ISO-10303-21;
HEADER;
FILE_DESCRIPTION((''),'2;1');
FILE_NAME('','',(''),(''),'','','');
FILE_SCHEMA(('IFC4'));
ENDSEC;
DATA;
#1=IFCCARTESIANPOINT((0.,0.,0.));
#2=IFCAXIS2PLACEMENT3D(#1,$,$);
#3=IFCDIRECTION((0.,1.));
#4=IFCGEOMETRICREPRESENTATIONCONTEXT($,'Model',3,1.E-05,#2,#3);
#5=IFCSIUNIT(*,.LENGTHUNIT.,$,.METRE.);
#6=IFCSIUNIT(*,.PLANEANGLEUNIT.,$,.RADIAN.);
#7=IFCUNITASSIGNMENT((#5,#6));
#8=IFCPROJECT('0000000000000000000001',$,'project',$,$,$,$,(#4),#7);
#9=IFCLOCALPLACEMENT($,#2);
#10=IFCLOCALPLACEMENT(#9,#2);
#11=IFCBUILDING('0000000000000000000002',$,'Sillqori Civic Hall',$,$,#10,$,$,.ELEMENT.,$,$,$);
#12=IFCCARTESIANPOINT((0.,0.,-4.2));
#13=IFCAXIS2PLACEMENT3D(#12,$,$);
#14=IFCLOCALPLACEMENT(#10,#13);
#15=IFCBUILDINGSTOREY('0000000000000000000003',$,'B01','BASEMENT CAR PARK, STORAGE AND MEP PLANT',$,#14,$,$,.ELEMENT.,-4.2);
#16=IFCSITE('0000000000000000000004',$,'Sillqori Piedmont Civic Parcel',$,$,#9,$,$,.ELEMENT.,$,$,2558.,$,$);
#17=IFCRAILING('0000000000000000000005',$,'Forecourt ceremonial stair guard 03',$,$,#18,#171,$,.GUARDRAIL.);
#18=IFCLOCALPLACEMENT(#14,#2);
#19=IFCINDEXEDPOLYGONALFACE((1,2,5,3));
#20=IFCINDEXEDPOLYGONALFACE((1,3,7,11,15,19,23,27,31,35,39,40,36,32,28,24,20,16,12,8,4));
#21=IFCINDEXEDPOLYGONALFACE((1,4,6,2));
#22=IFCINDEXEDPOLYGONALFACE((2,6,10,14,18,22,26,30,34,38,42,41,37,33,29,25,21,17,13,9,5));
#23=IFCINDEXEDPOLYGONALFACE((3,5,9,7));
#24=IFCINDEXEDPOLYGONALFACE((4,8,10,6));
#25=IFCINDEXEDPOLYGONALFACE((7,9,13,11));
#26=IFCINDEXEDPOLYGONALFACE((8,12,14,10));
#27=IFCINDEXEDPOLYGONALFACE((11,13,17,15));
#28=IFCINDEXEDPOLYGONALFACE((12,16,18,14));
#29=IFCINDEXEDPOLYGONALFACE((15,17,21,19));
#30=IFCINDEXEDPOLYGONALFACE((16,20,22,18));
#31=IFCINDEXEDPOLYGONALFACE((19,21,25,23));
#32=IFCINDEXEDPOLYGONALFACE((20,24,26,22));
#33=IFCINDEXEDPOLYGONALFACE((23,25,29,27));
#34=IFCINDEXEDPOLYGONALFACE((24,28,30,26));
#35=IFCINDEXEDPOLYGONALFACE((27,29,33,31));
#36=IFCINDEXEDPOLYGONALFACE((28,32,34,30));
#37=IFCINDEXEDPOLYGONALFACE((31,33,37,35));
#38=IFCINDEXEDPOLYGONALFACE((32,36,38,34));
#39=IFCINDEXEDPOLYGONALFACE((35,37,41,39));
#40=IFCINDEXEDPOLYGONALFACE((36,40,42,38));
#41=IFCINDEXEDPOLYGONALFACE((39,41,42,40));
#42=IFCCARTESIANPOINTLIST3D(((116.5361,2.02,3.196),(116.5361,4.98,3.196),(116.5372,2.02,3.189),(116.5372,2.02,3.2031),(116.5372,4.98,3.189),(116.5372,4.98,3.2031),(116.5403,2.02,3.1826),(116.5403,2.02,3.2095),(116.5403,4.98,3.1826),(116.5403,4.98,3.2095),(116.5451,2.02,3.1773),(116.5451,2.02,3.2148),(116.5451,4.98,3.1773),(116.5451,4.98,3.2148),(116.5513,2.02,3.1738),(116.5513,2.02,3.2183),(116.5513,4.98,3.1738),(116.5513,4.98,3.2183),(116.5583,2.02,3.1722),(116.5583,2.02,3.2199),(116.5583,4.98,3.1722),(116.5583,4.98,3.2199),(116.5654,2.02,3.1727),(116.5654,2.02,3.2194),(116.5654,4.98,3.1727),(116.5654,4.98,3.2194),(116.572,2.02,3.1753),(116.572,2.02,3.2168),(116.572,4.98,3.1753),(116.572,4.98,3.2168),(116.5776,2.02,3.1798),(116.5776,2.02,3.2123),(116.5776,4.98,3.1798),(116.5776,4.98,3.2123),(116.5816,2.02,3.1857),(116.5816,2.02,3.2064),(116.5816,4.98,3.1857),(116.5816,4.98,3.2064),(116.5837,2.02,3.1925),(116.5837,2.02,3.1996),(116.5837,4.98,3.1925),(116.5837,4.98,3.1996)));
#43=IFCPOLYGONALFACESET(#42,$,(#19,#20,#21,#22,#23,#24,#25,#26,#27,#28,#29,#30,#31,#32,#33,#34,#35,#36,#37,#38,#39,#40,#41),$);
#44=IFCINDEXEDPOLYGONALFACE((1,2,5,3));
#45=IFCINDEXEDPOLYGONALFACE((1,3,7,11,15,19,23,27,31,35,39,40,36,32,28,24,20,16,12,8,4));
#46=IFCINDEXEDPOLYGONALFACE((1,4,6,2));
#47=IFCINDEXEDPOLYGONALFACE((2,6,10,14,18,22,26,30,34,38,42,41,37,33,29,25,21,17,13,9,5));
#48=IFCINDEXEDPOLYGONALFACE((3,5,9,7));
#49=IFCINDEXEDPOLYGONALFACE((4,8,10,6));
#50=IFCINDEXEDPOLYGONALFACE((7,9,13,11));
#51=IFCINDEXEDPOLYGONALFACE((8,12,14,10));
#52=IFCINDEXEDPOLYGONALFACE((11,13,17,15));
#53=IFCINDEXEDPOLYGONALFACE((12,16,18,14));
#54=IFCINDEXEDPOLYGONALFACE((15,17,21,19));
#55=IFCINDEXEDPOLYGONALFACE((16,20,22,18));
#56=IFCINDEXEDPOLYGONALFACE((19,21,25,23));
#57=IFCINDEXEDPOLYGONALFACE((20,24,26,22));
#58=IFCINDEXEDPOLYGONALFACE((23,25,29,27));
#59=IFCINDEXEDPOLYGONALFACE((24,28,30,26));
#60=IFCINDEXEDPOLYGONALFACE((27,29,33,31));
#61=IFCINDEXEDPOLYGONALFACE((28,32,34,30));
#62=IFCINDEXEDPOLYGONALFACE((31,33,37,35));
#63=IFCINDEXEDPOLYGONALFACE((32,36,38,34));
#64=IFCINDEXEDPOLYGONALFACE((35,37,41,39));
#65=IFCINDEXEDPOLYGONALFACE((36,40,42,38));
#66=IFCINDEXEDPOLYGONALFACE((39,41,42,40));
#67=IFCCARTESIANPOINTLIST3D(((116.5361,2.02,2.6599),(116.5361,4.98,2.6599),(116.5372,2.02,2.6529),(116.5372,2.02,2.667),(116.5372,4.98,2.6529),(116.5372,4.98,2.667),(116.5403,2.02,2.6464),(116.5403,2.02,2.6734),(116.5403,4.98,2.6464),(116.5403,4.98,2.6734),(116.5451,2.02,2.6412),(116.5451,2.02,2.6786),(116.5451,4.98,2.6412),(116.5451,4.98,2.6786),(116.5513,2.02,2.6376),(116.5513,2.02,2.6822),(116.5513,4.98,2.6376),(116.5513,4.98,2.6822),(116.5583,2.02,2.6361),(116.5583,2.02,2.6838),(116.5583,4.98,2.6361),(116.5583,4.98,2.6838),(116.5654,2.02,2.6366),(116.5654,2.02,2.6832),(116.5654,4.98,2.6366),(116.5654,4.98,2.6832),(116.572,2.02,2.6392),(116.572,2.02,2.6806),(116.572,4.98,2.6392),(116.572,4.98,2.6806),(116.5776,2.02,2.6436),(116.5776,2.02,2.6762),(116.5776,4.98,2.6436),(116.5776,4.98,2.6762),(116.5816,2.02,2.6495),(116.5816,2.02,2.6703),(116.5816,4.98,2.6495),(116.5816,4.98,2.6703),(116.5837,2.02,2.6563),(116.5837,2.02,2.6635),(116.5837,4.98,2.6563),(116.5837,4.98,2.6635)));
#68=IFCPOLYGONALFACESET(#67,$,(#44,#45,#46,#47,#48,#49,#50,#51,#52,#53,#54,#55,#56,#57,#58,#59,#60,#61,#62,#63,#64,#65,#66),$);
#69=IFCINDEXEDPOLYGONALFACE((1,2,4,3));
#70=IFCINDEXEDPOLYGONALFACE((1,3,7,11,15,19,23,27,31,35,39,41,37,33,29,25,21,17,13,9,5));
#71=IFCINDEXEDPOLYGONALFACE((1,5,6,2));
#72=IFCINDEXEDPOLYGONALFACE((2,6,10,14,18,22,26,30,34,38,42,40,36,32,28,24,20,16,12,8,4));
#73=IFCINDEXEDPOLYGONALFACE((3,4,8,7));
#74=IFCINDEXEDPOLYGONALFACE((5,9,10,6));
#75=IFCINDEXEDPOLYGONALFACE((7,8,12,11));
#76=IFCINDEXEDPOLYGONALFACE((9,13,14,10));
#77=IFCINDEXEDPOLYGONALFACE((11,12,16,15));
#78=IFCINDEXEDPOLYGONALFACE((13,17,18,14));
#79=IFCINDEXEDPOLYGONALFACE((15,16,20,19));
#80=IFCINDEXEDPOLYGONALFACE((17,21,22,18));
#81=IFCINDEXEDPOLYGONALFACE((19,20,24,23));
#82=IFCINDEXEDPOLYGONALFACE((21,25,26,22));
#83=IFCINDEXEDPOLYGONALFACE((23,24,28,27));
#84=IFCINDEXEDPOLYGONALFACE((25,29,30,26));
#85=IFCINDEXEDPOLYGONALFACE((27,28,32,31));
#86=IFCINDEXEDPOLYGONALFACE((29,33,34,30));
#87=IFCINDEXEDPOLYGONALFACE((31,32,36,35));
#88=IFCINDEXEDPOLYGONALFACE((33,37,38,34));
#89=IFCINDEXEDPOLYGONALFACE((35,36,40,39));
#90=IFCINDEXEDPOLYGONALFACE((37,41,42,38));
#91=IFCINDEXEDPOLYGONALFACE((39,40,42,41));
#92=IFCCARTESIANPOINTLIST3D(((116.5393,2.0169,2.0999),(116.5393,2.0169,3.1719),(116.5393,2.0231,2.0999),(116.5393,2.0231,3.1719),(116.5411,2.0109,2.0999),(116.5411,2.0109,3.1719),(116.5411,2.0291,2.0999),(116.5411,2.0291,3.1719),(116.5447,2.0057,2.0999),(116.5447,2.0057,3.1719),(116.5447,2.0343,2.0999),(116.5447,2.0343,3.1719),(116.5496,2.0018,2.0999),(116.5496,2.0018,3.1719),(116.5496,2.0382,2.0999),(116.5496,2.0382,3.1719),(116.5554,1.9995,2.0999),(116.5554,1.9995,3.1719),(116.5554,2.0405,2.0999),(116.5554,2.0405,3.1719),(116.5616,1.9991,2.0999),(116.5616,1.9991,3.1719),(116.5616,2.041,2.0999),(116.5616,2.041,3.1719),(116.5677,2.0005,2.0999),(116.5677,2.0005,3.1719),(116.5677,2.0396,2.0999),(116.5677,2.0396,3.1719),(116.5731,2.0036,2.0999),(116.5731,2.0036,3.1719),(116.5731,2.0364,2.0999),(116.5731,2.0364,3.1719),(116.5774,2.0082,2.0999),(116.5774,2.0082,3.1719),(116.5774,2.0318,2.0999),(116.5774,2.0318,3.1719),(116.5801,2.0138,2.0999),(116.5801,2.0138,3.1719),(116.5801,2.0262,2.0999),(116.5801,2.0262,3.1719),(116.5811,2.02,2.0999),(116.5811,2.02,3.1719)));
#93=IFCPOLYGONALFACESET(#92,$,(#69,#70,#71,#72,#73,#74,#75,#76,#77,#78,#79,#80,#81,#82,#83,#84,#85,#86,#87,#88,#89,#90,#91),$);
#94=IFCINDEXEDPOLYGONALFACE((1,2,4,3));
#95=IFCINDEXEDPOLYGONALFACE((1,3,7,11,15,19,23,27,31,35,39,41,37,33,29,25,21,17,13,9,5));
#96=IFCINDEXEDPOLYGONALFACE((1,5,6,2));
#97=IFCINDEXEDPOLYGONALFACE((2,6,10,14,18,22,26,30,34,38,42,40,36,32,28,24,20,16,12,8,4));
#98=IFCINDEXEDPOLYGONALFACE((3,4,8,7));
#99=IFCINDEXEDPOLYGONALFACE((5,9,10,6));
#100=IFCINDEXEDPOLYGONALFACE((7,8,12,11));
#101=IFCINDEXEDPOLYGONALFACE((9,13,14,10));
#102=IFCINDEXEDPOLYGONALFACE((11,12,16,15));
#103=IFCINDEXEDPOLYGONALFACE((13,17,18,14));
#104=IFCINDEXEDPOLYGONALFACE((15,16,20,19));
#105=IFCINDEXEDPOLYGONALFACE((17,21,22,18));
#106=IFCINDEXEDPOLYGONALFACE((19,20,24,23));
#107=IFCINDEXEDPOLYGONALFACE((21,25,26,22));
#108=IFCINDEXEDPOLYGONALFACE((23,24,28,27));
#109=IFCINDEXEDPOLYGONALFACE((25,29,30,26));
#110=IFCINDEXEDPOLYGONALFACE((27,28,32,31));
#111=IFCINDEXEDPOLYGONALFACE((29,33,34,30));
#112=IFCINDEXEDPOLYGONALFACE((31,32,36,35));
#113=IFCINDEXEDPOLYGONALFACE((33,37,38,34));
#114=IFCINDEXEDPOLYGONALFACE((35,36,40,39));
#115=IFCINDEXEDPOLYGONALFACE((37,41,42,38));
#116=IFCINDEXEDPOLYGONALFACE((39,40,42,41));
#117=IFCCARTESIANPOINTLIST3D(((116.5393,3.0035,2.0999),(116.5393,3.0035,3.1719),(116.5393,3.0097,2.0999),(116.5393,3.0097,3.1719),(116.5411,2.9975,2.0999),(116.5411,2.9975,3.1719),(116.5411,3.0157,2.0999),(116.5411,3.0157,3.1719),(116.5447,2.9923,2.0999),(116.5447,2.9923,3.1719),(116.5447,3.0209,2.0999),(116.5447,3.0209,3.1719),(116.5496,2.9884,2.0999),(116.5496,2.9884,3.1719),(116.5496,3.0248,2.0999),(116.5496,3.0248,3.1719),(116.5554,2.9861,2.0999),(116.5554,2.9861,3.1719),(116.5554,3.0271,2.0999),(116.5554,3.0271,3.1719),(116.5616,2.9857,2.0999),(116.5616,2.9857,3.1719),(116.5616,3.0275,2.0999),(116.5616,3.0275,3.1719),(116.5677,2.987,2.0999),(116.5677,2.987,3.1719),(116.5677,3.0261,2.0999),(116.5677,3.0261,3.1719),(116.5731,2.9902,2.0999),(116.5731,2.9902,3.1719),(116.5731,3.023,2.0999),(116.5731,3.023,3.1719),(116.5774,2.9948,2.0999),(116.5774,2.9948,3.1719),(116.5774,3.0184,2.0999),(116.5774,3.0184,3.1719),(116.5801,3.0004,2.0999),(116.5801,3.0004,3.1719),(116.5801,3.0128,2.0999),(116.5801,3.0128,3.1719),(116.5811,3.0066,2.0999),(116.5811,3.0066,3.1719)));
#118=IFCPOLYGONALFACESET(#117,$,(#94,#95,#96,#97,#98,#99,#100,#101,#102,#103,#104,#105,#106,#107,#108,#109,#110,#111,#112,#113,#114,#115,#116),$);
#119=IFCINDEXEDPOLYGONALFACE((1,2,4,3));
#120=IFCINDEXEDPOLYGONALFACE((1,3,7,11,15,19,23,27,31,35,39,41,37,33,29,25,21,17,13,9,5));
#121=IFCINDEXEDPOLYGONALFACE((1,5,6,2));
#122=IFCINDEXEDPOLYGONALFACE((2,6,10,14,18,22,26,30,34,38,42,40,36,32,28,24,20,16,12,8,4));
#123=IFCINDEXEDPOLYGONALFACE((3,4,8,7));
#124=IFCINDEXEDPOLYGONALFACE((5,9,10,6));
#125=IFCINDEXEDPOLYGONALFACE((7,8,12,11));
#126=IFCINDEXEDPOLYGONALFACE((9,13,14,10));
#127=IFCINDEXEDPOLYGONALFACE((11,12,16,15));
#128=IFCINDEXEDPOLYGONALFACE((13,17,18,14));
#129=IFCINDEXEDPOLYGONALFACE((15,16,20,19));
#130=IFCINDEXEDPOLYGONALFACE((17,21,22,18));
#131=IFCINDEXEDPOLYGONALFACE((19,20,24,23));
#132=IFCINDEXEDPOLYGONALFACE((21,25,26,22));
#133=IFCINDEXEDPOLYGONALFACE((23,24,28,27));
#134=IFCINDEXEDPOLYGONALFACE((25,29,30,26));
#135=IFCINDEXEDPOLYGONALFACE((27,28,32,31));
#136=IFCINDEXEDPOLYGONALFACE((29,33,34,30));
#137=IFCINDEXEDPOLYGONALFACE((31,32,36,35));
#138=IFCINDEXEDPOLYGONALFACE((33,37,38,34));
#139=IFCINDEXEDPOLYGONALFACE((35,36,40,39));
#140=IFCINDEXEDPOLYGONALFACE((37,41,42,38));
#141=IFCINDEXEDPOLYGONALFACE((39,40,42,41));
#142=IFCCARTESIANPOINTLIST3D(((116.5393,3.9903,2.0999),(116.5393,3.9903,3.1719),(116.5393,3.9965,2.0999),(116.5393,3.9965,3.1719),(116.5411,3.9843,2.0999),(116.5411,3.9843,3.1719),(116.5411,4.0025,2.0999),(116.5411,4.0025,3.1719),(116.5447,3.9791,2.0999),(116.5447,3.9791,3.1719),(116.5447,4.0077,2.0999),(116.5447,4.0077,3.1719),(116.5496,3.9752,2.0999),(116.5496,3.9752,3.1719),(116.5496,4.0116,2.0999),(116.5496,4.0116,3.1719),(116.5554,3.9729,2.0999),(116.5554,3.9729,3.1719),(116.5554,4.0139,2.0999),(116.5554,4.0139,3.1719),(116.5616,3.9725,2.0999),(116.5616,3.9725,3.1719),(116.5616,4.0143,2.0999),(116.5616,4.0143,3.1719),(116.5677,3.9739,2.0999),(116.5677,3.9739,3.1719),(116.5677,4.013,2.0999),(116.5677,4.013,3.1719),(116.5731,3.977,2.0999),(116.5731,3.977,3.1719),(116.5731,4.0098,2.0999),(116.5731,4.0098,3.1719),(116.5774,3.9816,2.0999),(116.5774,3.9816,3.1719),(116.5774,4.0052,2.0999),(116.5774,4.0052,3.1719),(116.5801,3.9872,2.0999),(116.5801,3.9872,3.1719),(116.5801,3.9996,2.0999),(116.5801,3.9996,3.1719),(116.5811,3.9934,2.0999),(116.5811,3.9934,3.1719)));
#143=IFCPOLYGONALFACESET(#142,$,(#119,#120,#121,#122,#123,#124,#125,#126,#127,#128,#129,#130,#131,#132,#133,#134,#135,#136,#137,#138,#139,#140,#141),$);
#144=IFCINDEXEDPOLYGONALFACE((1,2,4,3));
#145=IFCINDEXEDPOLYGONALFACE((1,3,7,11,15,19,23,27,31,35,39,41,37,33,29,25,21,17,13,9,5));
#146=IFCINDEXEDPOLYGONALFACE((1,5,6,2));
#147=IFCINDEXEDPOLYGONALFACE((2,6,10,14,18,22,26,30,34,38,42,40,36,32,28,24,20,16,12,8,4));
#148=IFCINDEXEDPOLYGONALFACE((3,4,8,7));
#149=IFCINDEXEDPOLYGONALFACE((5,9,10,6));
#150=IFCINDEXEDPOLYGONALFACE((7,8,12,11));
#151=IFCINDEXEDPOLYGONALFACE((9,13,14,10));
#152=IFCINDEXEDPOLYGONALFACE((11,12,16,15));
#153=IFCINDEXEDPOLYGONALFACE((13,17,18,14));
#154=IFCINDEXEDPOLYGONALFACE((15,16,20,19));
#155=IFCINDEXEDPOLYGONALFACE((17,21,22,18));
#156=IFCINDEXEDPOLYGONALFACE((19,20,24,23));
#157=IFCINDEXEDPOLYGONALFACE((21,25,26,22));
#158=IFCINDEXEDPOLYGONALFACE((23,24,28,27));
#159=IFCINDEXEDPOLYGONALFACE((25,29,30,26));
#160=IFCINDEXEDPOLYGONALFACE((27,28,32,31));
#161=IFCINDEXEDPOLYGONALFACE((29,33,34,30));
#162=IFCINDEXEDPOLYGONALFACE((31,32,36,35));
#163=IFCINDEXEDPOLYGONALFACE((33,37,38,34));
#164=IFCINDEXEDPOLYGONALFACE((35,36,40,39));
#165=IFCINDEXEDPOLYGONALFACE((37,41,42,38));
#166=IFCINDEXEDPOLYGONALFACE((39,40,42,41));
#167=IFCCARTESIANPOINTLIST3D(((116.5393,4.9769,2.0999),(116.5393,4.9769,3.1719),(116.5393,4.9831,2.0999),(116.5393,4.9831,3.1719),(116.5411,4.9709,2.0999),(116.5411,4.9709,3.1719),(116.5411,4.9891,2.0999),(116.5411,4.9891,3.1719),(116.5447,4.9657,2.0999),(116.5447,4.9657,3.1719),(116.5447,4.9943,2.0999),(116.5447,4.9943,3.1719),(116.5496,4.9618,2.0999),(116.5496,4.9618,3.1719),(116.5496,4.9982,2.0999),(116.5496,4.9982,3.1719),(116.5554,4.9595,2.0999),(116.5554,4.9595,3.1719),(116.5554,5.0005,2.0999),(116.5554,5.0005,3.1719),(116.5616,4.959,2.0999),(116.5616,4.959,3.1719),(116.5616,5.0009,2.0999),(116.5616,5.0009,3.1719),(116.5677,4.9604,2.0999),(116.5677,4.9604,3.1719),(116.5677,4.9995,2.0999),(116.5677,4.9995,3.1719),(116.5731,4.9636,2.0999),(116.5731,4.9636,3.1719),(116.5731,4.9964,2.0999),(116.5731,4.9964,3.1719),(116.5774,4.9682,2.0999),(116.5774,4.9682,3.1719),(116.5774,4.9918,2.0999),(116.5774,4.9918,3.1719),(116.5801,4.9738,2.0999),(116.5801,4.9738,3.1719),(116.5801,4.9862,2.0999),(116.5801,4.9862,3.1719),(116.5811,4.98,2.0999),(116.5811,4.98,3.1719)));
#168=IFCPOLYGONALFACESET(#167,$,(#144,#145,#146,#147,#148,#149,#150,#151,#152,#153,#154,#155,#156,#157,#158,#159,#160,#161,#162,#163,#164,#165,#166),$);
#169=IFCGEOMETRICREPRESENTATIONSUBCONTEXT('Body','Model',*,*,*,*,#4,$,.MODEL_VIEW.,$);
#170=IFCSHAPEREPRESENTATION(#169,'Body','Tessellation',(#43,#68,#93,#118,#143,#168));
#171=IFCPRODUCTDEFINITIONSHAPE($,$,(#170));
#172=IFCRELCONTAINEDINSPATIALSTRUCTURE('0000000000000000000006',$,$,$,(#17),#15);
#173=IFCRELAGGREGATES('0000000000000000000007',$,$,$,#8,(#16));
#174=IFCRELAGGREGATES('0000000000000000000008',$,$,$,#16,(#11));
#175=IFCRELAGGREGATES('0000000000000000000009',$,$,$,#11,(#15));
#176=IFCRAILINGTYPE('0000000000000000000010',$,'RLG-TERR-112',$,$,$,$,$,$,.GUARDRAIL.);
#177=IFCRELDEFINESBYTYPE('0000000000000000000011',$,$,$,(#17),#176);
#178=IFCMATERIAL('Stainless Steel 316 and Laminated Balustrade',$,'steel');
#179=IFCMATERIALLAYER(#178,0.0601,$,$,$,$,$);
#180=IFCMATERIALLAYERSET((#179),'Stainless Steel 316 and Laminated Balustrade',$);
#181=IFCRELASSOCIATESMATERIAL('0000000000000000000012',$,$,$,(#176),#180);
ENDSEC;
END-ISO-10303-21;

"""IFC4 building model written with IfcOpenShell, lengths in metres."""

from ifc_helpers import new_model, si_unit, direction, frame, origin, origin_2d, place, context, subcontext, project, spatial, circle, extrude, material, layer, layer_set, type_object, element, save


model = new_model("IFC4")

# Units and contexts
model_context = context("Model", 3, precision=1e-05, world=origin(), true_north=direction((0.0, 1.0)))
body_context = subcontext(model_context, "Body", "Model", "MODEL_VIEW")
ifc_project = project(units=[si_unit("LENGTHUNIT", "METRE"), si_unit("PLANEANGLEUNIT", "RADIAN")], contexts=[model_context])

# Site, building, storey
site_placement = place(None, origin())
site = spatial("IfcSite", under=ifc_project, at=site_placement, Name="Sillqori Piedmont Civic Parcel", CompositionType="ELEMENT", RefElevation=2558.0)
building_placement = place(site_placement, origin())
building = spatial("IfcBuilding", under=site, at=building_placement, Name="Sillqori Civic Hall", CompositionType="ELEMENT")
storey_placement = place(building_placement, frame((0.0, 0.0, -4.2)))
storey = spatial("IfcBuildingStorey", under=building, at=storey_placement, Name="B01", Description="BASEMENT CAR PARK, STORAGE AND MEP PLANT", CompositionType="ELEMENT", Elevation=-4.2)

# Railing
ifc_material_1 = material(Name="Stainless Steel 316 and Laminated Balustrade", Category="steel")
ifc_layer_1 = layer(ifc_material_1, 0.0601)
ifc_layer_set_1 = layer_set([ifc_layer_1], Name="Stainless Steel 316 and Laminated Balustrade")
railing_type = type_object("IfcRailingType", Name="RLG-TERR-112", PredefinedType="GUARDRAIL", material=ifc_layer_set_1)
railing_1_placement = place(storey_placement, frame((116.5601, 2.02, 2.0999)))
element("IfcRailing", 1, at=railing_1_placement, inside=storey, type_object=railing_type, Name="Forecourt ceremonial stair guard 03", PredefinedType="GUARDRAIL", context=body_context, shape_type="SweptSolid", body=[
    extrude(circle(Radius=0.0239, at=origin_2d()), frame((0.0, 0.0, 1.0962), z_axis=(0.0, 1.0, 0.0), x_axis=(-1.0, 0.0, 0.0)), (0.0, 0.0, 1.0), 2.96),
    extrude(circle(Radius=0.0239, at=origin_2d()), frame((0.0, 0.0, 0.5601), z_axis=(0.0, 1.0, 0.0), x_axis=(-1.0, 0.0, 0.0)), (0.0, 0.0, 1.0), 2.96),
    extrude(circle(Radius=0.021, at=origin_2d()), origin(), (0.0, 0.0, 1.0), 1.072),
    extrude(circle(Radius=0.021, at=origin_2d()), frame((0.0, 0.9866, 0.0)), (0.0, 0.0, 1.0), 1.072),
    extrude(circle(Radius=0.021, at=origin_2d()), frame((0.0, 1.9734, 0.0)), (0.0, 0.0, 1.0), 1.072),
    extrude(circle(Radius=0.021, at=origin_2d()), frame((0.0, 2.96, 0.0)), (0.0, 0.0, 1.0), 1.072),
])

save(model, "model.ifc")
